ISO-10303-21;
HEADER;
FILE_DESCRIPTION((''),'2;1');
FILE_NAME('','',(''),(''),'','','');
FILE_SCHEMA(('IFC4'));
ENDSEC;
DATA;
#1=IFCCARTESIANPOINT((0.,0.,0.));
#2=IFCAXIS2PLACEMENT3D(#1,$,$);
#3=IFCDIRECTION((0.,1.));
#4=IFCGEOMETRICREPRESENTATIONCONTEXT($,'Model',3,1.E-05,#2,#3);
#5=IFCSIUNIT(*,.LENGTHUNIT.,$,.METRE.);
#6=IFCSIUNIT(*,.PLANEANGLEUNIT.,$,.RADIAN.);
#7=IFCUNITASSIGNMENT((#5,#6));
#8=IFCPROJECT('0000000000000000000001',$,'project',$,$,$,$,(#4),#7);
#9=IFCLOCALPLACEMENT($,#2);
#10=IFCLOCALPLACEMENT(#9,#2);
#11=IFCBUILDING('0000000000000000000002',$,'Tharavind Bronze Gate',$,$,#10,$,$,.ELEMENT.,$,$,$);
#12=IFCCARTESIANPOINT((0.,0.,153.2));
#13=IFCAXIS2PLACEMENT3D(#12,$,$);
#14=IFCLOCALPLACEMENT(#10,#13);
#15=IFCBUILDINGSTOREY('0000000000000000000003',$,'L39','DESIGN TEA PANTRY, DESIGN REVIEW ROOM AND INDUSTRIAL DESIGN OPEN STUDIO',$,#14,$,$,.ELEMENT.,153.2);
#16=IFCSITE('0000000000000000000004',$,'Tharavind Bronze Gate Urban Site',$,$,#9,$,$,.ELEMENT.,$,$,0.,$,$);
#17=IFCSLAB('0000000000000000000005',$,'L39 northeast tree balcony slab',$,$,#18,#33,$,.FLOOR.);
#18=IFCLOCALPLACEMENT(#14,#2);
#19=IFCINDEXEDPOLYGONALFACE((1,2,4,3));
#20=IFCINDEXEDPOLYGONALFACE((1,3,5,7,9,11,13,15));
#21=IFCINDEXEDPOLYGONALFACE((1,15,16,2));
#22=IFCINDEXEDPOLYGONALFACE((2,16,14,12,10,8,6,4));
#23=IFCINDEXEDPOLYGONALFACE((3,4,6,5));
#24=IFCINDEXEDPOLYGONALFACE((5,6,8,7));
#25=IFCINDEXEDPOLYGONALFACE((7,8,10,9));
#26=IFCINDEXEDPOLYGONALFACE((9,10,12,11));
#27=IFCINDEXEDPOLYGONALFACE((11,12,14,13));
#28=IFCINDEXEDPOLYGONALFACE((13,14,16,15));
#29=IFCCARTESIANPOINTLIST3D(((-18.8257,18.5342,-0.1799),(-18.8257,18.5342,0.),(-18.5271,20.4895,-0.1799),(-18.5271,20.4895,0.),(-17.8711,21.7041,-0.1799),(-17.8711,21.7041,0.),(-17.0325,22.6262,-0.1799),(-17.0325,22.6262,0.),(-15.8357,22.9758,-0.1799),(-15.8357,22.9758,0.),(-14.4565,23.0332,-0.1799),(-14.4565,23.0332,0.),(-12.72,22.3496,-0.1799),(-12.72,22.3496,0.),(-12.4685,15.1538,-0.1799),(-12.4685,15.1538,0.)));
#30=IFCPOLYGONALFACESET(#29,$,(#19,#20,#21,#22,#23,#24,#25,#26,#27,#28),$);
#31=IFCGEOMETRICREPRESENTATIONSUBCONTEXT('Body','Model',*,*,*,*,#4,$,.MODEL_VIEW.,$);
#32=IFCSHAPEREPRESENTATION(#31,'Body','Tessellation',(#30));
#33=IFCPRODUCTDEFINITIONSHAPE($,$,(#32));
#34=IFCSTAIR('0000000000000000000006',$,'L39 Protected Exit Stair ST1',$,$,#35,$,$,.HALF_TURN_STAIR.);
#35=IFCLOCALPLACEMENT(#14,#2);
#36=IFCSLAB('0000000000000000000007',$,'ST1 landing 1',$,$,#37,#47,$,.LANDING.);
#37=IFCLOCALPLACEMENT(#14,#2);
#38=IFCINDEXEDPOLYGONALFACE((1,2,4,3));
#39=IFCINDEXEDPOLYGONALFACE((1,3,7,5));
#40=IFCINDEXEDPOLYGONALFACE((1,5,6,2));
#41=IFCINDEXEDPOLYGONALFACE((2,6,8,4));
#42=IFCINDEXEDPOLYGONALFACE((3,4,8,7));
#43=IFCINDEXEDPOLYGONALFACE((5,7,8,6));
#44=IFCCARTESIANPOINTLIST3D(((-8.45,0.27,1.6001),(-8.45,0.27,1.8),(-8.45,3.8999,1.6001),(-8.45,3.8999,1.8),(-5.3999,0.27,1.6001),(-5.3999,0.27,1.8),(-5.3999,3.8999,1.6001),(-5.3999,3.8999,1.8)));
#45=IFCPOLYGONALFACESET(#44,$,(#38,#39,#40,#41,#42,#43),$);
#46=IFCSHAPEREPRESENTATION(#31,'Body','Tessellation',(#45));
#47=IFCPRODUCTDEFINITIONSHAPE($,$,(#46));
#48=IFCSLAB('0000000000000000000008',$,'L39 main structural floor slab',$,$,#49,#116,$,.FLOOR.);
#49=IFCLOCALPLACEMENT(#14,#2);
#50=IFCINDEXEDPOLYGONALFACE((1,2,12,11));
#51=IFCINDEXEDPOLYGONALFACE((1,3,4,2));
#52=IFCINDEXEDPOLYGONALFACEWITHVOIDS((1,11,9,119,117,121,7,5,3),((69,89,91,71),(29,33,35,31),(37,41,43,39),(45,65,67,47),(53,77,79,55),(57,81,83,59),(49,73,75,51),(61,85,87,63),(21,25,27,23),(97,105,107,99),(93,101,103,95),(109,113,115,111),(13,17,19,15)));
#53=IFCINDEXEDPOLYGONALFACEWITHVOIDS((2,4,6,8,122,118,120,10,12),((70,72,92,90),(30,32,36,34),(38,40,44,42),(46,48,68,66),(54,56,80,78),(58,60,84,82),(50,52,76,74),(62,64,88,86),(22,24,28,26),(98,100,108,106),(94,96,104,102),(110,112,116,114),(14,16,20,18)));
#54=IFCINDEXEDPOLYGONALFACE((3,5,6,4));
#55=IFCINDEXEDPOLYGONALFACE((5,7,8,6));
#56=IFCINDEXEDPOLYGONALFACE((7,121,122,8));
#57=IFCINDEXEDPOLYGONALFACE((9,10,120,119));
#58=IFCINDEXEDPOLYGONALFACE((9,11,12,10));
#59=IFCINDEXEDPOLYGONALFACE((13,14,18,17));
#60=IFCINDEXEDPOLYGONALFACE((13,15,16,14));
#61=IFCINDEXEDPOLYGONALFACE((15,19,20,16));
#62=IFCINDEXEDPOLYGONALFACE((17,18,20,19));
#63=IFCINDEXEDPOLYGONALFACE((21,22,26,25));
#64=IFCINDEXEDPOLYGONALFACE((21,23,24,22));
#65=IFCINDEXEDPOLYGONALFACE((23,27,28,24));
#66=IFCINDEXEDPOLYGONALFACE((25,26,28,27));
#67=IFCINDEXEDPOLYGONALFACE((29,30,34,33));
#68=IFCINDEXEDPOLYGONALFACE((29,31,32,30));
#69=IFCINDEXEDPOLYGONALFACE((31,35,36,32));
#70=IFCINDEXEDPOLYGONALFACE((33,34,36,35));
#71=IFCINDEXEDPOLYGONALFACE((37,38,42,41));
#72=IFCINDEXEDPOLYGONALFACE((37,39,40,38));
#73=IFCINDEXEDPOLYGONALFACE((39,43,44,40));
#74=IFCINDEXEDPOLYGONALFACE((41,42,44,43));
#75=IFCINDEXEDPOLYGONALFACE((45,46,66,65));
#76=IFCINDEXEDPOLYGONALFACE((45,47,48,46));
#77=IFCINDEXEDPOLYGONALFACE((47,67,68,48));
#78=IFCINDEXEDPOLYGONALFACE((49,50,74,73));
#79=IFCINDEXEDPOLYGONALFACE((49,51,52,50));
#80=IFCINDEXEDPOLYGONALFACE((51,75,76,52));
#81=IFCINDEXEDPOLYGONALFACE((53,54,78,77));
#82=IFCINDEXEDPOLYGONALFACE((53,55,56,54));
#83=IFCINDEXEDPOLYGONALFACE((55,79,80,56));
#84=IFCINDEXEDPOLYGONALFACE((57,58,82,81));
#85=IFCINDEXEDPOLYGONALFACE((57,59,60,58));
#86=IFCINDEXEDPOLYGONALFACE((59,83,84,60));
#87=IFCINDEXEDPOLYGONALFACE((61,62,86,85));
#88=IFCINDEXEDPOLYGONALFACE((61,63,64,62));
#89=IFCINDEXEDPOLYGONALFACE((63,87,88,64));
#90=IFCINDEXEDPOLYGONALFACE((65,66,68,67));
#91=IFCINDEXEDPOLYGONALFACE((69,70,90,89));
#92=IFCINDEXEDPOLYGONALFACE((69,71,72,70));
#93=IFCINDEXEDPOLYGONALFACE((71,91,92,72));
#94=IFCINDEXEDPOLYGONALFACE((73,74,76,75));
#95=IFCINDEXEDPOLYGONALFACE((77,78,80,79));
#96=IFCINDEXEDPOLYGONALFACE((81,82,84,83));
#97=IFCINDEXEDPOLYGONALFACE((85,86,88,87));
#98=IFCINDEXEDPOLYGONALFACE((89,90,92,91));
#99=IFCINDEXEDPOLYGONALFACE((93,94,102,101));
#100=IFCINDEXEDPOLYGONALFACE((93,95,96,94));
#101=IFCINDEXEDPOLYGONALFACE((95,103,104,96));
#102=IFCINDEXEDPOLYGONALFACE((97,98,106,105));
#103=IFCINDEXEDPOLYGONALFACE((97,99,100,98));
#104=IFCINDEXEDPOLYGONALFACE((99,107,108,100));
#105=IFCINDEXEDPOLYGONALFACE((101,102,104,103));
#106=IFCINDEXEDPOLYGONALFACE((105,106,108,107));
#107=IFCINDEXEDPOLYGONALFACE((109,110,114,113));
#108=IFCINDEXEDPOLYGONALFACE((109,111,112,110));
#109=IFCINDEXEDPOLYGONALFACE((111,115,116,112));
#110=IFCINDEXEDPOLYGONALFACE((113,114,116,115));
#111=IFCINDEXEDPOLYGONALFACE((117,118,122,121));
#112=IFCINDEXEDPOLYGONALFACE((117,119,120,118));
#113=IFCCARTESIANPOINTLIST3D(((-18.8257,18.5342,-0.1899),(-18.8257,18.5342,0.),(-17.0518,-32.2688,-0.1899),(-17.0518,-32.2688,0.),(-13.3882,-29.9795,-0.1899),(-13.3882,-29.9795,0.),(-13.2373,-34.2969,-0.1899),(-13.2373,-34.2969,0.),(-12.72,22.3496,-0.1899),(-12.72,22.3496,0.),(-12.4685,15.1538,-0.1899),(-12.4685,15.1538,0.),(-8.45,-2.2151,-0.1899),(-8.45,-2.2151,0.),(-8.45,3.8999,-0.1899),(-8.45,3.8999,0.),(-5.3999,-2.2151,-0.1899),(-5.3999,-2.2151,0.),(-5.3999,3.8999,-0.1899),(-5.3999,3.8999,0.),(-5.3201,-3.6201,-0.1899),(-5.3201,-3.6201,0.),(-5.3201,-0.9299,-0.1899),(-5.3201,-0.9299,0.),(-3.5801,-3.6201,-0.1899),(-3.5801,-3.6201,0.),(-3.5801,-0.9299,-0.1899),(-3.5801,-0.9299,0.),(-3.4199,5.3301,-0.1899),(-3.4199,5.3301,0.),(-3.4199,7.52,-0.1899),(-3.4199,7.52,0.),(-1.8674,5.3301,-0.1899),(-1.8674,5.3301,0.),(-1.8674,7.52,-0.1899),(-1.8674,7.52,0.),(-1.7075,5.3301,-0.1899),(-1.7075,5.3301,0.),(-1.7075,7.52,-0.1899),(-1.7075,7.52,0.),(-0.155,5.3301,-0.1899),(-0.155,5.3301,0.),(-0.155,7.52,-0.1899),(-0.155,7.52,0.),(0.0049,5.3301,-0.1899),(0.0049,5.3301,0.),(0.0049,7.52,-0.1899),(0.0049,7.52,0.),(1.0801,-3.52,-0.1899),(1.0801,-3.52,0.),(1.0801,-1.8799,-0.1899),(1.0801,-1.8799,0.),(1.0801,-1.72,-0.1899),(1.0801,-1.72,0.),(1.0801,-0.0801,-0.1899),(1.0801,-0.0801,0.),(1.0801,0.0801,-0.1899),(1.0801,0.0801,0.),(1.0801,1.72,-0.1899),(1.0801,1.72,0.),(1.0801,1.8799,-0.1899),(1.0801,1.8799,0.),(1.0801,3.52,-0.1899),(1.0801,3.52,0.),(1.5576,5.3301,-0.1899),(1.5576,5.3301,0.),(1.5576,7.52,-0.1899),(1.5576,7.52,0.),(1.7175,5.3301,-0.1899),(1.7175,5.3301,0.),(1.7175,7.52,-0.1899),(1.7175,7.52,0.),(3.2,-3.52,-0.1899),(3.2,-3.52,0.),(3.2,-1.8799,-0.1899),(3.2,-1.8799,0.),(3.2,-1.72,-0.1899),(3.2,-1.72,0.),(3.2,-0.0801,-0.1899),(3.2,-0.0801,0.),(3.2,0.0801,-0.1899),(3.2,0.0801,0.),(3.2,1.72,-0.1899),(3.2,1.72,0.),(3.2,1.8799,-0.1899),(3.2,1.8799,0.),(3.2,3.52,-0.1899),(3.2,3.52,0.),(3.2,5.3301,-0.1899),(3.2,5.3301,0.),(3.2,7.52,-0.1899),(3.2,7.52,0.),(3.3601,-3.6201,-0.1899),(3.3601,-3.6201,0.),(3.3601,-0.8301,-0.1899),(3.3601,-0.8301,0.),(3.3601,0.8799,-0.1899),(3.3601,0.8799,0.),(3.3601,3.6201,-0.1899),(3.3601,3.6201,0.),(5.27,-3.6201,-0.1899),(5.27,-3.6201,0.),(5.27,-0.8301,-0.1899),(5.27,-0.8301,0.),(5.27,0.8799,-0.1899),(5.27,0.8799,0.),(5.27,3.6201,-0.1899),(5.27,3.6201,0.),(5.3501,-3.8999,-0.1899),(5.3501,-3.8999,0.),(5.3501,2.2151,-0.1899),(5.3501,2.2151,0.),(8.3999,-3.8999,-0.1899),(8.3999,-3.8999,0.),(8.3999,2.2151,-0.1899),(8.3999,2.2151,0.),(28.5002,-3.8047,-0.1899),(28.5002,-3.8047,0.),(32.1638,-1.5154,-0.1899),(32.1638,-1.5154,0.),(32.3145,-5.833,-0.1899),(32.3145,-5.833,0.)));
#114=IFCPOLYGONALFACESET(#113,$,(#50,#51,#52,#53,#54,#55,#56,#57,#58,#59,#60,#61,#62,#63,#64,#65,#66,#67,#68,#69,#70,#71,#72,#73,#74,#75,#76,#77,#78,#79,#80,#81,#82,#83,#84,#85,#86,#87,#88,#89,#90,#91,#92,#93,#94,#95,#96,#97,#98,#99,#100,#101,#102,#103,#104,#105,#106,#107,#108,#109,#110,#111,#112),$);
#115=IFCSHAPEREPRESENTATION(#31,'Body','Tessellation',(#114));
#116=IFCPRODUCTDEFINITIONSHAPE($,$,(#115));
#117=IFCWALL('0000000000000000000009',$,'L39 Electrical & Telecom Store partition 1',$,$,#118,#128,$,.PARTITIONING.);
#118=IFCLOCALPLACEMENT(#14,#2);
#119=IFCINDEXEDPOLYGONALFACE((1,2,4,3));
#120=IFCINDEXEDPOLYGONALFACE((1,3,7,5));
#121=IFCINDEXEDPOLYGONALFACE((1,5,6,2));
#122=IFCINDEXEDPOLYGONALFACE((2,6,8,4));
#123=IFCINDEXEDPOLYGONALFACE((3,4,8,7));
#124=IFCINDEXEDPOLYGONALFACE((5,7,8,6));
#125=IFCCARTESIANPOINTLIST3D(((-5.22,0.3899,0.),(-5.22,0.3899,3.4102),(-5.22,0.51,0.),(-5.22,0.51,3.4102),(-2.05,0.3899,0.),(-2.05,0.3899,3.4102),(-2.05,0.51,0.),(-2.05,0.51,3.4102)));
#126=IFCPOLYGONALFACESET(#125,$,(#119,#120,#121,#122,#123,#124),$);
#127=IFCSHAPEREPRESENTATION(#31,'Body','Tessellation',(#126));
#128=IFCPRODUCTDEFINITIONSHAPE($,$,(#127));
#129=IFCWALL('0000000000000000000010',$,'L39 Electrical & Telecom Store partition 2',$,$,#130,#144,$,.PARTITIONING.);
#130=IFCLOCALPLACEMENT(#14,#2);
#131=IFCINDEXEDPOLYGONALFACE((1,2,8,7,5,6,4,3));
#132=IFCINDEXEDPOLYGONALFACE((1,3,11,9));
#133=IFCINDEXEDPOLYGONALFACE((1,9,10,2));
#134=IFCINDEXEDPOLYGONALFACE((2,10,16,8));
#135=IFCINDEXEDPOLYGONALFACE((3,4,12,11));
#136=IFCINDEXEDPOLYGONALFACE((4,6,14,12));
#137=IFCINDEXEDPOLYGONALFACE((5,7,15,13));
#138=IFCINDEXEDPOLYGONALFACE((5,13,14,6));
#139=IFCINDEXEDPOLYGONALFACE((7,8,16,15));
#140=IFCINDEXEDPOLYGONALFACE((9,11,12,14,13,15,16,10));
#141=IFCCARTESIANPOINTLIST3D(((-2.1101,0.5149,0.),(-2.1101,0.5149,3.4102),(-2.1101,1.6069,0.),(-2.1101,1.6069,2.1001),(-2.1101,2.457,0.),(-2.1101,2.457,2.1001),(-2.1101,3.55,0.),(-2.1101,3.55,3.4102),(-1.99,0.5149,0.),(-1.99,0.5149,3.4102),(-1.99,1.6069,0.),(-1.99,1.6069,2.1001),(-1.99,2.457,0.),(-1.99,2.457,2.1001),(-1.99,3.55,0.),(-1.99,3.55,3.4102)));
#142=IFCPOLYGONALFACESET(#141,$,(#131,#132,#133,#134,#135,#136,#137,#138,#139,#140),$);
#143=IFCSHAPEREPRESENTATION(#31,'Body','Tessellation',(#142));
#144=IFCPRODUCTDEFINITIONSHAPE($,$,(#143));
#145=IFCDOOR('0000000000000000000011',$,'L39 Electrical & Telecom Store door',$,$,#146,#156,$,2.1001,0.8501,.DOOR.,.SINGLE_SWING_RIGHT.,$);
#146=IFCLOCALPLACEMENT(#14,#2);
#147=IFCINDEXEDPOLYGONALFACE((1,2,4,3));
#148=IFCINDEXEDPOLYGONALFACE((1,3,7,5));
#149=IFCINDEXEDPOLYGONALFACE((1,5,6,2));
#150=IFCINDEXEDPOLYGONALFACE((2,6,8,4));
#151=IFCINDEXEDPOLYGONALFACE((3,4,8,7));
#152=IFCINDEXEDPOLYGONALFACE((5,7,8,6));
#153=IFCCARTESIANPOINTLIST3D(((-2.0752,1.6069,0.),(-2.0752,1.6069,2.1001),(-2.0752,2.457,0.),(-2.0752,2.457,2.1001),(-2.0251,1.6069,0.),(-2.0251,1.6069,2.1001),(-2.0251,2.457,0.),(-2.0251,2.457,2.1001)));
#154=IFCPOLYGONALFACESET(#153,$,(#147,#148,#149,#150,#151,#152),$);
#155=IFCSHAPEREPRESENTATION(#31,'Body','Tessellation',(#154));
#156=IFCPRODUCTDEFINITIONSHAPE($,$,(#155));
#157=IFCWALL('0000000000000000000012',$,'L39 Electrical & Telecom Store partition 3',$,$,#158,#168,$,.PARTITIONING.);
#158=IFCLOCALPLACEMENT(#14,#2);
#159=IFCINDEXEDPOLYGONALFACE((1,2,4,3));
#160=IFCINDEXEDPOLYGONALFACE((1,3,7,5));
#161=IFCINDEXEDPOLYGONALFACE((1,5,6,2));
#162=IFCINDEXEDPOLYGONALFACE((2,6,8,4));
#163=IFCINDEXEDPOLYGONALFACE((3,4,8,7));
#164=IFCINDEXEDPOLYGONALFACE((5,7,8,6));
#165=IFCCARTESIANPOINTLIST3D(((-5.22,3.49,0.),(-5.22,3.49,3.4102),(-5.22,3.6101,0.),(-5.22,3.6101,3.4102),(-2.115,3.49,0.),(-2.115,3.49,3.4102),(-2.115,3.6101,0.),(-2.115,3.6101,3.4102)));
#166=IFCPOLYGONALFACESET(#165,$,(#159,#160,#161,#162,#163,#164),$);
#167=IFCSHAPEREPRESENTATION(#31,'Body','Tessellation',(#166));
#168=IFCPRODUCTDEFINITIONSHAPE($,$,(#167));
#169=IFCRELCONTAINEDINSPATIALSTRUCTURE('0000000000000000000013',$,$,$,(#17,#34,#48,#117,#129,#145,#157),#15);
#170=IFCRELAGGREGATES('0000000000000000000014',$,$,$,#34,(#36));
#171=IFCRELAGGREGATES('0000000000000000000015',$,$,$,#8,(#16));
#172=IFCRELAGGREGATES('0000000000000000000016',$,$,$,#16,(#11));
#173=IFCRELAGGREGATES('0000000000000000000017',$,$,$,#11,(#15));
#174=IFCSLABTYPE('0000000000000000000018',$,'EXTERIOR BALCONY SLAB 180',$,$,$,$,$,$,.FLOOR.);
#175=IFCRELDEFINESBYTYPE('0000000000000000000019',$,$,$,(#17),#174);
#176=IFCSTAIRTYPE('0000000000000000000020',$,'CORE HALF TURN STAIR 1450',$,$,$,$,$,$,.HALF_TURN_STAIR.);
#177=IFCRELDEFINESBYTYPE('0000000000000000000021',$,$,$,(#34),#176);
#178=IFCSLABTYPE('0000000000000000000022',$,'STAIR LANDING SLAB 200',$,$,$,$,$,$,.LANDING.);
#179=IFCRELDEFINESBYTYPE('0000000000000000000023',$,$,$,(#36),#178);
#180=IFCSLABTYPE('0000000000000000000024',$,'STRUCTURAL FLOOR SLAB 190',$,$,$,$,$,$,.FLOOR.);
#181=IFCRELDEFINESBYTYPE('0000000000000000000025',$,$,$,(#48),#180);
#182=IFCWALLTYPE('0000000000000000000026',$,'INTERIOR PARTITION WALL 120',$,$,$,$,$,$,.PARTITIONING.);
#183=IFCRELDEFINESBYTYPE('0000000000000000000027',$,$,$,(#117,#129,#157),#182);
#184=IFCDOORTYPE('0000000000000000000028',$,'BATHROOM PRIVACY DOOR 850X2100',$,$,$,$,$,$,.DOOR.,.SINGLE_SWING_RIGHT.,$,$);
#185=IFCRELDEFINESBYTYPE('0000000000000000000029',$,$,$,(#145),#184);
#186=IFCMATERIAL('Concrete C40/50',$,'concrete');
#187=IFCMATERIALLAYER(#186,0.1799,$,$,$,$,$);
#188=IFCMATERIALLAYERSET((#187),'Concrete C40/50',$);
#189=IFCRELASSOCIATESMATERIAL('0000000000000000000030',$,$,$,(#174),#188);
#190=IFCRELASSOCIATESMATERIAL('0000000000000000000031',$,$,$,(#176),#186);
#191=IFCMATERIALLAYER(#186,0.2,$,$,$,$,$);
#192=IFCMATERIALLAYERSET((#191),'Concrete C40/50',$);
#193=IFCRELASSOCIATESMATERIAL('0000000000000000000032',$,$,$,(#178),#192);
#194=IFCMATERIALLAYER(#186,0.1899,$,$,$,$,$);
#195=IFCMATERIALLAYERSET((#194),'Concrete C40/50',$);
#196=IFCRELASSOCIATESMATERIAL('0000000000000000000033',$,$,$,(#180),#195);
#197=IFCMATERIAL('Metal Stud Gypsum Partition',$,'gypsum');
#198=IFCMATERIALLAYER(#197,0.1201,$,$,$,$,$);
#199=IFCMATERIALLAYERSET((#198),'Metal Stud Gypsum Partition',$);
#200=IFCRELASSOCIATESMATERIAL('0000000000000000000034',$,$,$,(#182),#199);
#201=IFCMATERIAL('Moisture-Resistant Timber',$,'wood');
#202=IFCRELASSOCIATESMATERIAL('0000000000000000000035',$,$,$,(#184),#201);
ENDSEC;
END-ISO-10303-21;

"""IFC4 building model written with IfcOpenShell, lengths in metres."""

from ifc_helpers import new_model, si_unit, direction, frame, frame_2d, origin, place, context, subcontext, project, spatial, polyline, rectangle, outline, extrude, material, layer, layer_set, type_object, element, fill, aggregate, save


model = new_model("IFC4")

# Units and contexts
model_context = context("Model", 3, precision=1e-05, world=origin(), true_north=direction((0.0, 1.0)))
body_context = subcontext(model_context, "Body", "Model", "MODEL_VIEW")
ifc_project = project(units=[si_unit("LENGTHUNIT", "METRE"), si_unit("PLANEANGLEUNIT", "RADIAN")], contexts=[model_context])

# Site, building, storey
site_placement = place(None, origin())
site = spatial("IfcSite", under=ifc_project, at=site_placement, Name="Tharavind Bronze Gate Urban Site", CompositionType="ELEMENT", RefElevation=0.0)
building_placement = place(site_placement, origin())
building = spatial("IfcBuilding", under=site, at=building_placement, Name="Tharavind Bronze Gate", CompositionType="ELEMENT")
storey_placement = place(building_placement, frame((0.0, 0.0, 153.2)))
storey = spatial("IfcBuildingStorey", under=building, at=storey_placement, Name="L39", Description="DESIGN TEA PANTRY, DESIGN REVIEW ROOM AND INDUSTRIAL DESIGN OPEN STUDIO", CompositionType="ELEMENT", Elevation=153.2)

# Slab
ifc_material_1 = material(Name="Concrete C40/50", Category="concrete")
ifc_layer_1 = layer(ifc_material_1, 0.1799)
ifc_layer_set_1 = layer_set([ifc_layer_1], Name="Concrete C40/50")
slab_type_1 = type_object("IfcSlabType", Name="EXTERIOR BALCONY SLAB 180", PredefinedType="FLOOR", material=ifc_layer_set_1)
slab_1_placement = place(storey_placement, frame((0.0, 0.0, -0.1799)))
element("IfcSlab", 1, at=slab_1_placement, inside=storey, type_object=slab_type_1, Name="L39 northeast tree balcony slab", PredefinedType="FLOOR", context=body_context, shape_type="SweptSolid", body=[
    extrude(outline(polyline([(-14.4565, 23.0332), (-15.8357, 22.9758), (-17.0325, 22.6262), (-17.8711, 21.7041), (-18.5271, 20.4895), (-18.8257, 18.5342), (-12.4685, 15.1538), (-12.72, 22.3496), (-14.4565, 23.0332)])), origin(), (0.0, 0.0, 1.0), 0.1799),
])

# Stair, slab
stair_type = type_object("IfcStairType", Name="CORE HALF TURN STAIR 1450", PredefinedType="HALF_TURN_STAIR", material=ifc_material_1)
stair_placement = place(storey_placement, origin())
stair = element("IfcStair", 2, at=stair_placement, inside=storey, type_object=stair_type, Name="L39 Protected Exit Stair ST1", PredefinedType="HALF_TURN_STAIR")
ifc_layer_2 = layer(ifc_material_1, 0.2)
ifc_layer_set_2 = layer_set([ifc_layer_2], Name="Concrete C40/50")
slab_type_2 = type_object("IfcSlabType", Name="STAIR LANDING SLAB 200", PredefinedType="LANDING", material=ifc_layer_set_2)
slab_2_placement = place(storey_placement, frame((0.0, 0.0, 1.6001)))
slab_2 = element("IfcSlab", 3, at=slab_2_placement, type_object=slab_type_2, Name="ST1 landing 1", PredefinedType="LANDING", context=body_context, shape_type="SweptSolid", body=[
    extrude(outline(polyline([(-5.3999, 0.27), (-5.3999, 3.8999), (-8.45, 3.8999), (-8.45, 0.27), (-5.3999, 0.27)])), origin(), (0.0, 0.0, 1.0), 0.2),
])
aggregate(stair, [slab_2])

# Slab
ifc_layer_3 = layer(ifc_material_1, 0.1899)
ifc_layer_set_3 = layer_set([ifc_layer_3], Name="Concrete C40/50")
slab_type_3 = type_object("IfcSlabType", Name="STRUCTURAL FLOOR SLAB 190", PredefinedType="FLOOR", material=ifc_layer_set_3)
slab_3_placement = place(storey_placement, frame((0.0, 0.0, -0.1899)))
element("IfcSlab", 4, at=slab_3_placement, inside=storey, type_object=slab_type_3, Name="L39 main structural floor slab", PredefinedType="FLOOR", context=body_context, shape_type="SweptSolid", body=[
    extrude(outline(polyline([(-12.72, 22.3496), (-12.4685, 15.1538), (-18.8257, 18.5342), (-17.0518, -32.2688), (-13.3882, -29.9795), (-13.2373, -34.2969), (32.3145, -5.833), (28.5002, -3.8047), (32.1638, -1.5154), (-12.72, 22.3496)]), holes=[polyline([(-5.3999, -2.2151), (-5.3999, 3.8999), (-8.45, 3.8999), (-8.45, -2.2151), (-5.3999, -2.2151)]), polyline([(5.3501, 2.2151), (5.3501, -3.8999), (8.3999, -3.8999), (8.3999, 2.2151), (5.3501, 2.2151)]), polyline([(-3.4199, 5.3301), (-1.8674, 5.3301), (-1.8674, 7.52), (-3.4199, 7.52), (-3.4199, 5.3301)]), polyline([(-1.7075, 5.3301), (-0.155, 5.3301), (-0.155, 7.52), (-1.7075, 7.52), (-1.7075, 5.3301)]), polyline([(0.0049, 5.3301), (1.5576, 5.3301), (1.5576, 7.52), (0.0049, 7.52), (0.0049, 5.3301)]), polyline([(1.7175, 5.3301), (3.2, 5.3301), (3.2, 7.52), (1.7175, 7.52), (1.7175, 5.3301)]), polyline([(1.0801, -3.52), (3.2, -3.52), (3.2, -1.8799), (1.0801, -1.8799), (1.0801, -3.52)]), polyline([(1.0801, -1.72), (3.2, -1.72), (3.2, -0.0801), (1.0801, -0.0801), (1.0801, -1.72)]), polyline([(1.0801, 0.0801), (3.2, 0.0801), (3.2, 1.72), (1.0801, 1.72), (1.0801, 0.0801)]), polyline([(1.0801, 1.8799), (3.2, 1.8799), (3.2, 3.52), (1.0801, 3.52), (1.0801, 1.8799)]), polyline([(-5.3201, -3.6201), (-3.5801, -3.6201), (-3.5801, -0.9299), (-5.3201, -0.9299), (-5.3201, -3.6201)]), polyline([(3.3601, 0.8799), (5.27, 0.8799), (5.27, 3.6201), (3.3601, 3.6201), (3.3601, 0.8799)]), polyline([(3.3601, -3.6201), (5.27, -3.6201), (5.27, -0.8301), (3.3601, -0.8301), (3.3601, -3.6201)])]), origin(), (0.0, 0.0, 1.0), 0.1899),
])

# Wall
ifc_material_2 = material(Name="Metal Stud Gypsum Partition", Category="gypsum")
ifc_layer_4 = layer(ifc_material_2, 0.1201)
ifc_layer_set_4 = layer_set([ifc_layer_4], Name="Metal Stud Gypsum Partition")
wall_type_1 = type_object("IfcWallType", Name="INTERIOR PARTITION WALL 120", PredefinedType="PARTITIONING", material=ifc_layer_set_4)
wall_1_placement = place(storey_placement, frame((-5.22, 0.45, 0.0), z_axis=(0.0, 0.0, 1.0), x_axis=(1.0, 0.0, 0.0)))
element("IfcWall", 5, at=wall_1_placement, inside=storey, type_object=wall_type_1, Name="L39 Electrical & Telecom Store partition 1", PredefinedType="PARTITIONING", context=body_context, shape_type="SweptSolid", body=[
    extrude(rectangle(XDim=3.1699, YDim=0.1201, at=frame_2d((1.585, 0.0))), origin(), (0.0, 0.0, 1.0), 3.4102),
])

# Wall, opening, door
wall_2_placement = place(storey_placement, frame((-2.05, 0.5149, 0.0), z_axis=(0.0, 0.0, 1.0), x_axis=(0.0, 1.0, 0.0)))
wall_2 = element("IfcWall", 6, at=wall_2_placement, inside=storey, type_object=wall_type_1, Name="L39 Electrical & Telecom Store partition 2", PredefinedType="PARTITIONING", context=body_context, shape_type="SweptSolid", body=[
    extrude(rectangle(XDim=3.0352, YDim=0.1201, at=frame_2d((1.5176, 0.0))), origin(), (0.0, 0.0, 1.0), 3.4102),
])
opening_1_placement = place(wall_2_placement, frame((1.092, 0.0, 0.0)))
opening_1 = element("IfcOpeningElement", 7, at=opening_1_placement, cuts=wall_2, PredefinedType="OPENING", context=body_context, shape_type="SweptSolid", body=[
    extrude(rectangle(XDim=0.8501, YDim=2.1001, at=frame_2d((0.425, 1.05))), frame((0.0, 0.0701, 0.0), z_axis=(0.0, -1.0, 0.0), x_axis=(1.0, 0.0, 0.0)), (0.0, 0.0, 1.0), 0.1401),
])
ifc_material_3 = material(Name="Moisture-Resistant Timber", Category="wood")
door_type_1 = type_object("IfcDoorType", Name="BATHROOM PRIVACY DOOR 850X2100", OperationType="SINGLE_SWING_RIGHT", PredefinedType="DOOR", material=ifc_material_3)
door_1_placement = place(opening_1_placement, frame((0.8501, 0.0, 0.0), z_axis=(0.0, 0.0, 1.0), x_axis=(-1.0, 0.0, 0.0)))
door_1 = element("IfcDoor", 8, at=door_1_placement, inside=storey, type_object=door_type_1, Name="L39 Electrical & Telecom Store door", OperationType="SINGLE_SWING_RIGHT", OverallHeight=2.1001, OverallWidth=0.8501, PredefinedType="DOOR", context=body_context, shape_type="SweptSolid", body=[
    extrude(rectangle(XDim=0.8501, YDim=2.1001, at=frame_2d((0.425, 1.05))), frame((0.0, 0.0249, 0.0), z_axis=(0.0, -1.0, 0.0), x_axis=(1.0, 0.0, 0.0)), (0.0, 0.0, 1.0), 0.05),
])
fill(opening_1, door_1)

# Wall
wall_3_placement = place(storey_placement, frame((-2.115, 3.55, 0.0), z_axis=(0.0, 0.0, 1.0), x_axis=(-1.0, 0.0, 0.0)))
element("IfcWall", 9, at=wall_3_placement, inside=storey, type_object=wall_type_1, Name="L39 Electrical & Telecom Store partition 3", PredefinedType="PARTITIONING", context=body_context, shape_type="SweptSolid", body=[
    extrude(rectangle(XDim=3.105, YDim=0.1201, at=frame_2d((1.5525, 0.0))), origin(), (0.0, 0.0, 1.0), 3.4102),
])

save(model, "model.ifc")
